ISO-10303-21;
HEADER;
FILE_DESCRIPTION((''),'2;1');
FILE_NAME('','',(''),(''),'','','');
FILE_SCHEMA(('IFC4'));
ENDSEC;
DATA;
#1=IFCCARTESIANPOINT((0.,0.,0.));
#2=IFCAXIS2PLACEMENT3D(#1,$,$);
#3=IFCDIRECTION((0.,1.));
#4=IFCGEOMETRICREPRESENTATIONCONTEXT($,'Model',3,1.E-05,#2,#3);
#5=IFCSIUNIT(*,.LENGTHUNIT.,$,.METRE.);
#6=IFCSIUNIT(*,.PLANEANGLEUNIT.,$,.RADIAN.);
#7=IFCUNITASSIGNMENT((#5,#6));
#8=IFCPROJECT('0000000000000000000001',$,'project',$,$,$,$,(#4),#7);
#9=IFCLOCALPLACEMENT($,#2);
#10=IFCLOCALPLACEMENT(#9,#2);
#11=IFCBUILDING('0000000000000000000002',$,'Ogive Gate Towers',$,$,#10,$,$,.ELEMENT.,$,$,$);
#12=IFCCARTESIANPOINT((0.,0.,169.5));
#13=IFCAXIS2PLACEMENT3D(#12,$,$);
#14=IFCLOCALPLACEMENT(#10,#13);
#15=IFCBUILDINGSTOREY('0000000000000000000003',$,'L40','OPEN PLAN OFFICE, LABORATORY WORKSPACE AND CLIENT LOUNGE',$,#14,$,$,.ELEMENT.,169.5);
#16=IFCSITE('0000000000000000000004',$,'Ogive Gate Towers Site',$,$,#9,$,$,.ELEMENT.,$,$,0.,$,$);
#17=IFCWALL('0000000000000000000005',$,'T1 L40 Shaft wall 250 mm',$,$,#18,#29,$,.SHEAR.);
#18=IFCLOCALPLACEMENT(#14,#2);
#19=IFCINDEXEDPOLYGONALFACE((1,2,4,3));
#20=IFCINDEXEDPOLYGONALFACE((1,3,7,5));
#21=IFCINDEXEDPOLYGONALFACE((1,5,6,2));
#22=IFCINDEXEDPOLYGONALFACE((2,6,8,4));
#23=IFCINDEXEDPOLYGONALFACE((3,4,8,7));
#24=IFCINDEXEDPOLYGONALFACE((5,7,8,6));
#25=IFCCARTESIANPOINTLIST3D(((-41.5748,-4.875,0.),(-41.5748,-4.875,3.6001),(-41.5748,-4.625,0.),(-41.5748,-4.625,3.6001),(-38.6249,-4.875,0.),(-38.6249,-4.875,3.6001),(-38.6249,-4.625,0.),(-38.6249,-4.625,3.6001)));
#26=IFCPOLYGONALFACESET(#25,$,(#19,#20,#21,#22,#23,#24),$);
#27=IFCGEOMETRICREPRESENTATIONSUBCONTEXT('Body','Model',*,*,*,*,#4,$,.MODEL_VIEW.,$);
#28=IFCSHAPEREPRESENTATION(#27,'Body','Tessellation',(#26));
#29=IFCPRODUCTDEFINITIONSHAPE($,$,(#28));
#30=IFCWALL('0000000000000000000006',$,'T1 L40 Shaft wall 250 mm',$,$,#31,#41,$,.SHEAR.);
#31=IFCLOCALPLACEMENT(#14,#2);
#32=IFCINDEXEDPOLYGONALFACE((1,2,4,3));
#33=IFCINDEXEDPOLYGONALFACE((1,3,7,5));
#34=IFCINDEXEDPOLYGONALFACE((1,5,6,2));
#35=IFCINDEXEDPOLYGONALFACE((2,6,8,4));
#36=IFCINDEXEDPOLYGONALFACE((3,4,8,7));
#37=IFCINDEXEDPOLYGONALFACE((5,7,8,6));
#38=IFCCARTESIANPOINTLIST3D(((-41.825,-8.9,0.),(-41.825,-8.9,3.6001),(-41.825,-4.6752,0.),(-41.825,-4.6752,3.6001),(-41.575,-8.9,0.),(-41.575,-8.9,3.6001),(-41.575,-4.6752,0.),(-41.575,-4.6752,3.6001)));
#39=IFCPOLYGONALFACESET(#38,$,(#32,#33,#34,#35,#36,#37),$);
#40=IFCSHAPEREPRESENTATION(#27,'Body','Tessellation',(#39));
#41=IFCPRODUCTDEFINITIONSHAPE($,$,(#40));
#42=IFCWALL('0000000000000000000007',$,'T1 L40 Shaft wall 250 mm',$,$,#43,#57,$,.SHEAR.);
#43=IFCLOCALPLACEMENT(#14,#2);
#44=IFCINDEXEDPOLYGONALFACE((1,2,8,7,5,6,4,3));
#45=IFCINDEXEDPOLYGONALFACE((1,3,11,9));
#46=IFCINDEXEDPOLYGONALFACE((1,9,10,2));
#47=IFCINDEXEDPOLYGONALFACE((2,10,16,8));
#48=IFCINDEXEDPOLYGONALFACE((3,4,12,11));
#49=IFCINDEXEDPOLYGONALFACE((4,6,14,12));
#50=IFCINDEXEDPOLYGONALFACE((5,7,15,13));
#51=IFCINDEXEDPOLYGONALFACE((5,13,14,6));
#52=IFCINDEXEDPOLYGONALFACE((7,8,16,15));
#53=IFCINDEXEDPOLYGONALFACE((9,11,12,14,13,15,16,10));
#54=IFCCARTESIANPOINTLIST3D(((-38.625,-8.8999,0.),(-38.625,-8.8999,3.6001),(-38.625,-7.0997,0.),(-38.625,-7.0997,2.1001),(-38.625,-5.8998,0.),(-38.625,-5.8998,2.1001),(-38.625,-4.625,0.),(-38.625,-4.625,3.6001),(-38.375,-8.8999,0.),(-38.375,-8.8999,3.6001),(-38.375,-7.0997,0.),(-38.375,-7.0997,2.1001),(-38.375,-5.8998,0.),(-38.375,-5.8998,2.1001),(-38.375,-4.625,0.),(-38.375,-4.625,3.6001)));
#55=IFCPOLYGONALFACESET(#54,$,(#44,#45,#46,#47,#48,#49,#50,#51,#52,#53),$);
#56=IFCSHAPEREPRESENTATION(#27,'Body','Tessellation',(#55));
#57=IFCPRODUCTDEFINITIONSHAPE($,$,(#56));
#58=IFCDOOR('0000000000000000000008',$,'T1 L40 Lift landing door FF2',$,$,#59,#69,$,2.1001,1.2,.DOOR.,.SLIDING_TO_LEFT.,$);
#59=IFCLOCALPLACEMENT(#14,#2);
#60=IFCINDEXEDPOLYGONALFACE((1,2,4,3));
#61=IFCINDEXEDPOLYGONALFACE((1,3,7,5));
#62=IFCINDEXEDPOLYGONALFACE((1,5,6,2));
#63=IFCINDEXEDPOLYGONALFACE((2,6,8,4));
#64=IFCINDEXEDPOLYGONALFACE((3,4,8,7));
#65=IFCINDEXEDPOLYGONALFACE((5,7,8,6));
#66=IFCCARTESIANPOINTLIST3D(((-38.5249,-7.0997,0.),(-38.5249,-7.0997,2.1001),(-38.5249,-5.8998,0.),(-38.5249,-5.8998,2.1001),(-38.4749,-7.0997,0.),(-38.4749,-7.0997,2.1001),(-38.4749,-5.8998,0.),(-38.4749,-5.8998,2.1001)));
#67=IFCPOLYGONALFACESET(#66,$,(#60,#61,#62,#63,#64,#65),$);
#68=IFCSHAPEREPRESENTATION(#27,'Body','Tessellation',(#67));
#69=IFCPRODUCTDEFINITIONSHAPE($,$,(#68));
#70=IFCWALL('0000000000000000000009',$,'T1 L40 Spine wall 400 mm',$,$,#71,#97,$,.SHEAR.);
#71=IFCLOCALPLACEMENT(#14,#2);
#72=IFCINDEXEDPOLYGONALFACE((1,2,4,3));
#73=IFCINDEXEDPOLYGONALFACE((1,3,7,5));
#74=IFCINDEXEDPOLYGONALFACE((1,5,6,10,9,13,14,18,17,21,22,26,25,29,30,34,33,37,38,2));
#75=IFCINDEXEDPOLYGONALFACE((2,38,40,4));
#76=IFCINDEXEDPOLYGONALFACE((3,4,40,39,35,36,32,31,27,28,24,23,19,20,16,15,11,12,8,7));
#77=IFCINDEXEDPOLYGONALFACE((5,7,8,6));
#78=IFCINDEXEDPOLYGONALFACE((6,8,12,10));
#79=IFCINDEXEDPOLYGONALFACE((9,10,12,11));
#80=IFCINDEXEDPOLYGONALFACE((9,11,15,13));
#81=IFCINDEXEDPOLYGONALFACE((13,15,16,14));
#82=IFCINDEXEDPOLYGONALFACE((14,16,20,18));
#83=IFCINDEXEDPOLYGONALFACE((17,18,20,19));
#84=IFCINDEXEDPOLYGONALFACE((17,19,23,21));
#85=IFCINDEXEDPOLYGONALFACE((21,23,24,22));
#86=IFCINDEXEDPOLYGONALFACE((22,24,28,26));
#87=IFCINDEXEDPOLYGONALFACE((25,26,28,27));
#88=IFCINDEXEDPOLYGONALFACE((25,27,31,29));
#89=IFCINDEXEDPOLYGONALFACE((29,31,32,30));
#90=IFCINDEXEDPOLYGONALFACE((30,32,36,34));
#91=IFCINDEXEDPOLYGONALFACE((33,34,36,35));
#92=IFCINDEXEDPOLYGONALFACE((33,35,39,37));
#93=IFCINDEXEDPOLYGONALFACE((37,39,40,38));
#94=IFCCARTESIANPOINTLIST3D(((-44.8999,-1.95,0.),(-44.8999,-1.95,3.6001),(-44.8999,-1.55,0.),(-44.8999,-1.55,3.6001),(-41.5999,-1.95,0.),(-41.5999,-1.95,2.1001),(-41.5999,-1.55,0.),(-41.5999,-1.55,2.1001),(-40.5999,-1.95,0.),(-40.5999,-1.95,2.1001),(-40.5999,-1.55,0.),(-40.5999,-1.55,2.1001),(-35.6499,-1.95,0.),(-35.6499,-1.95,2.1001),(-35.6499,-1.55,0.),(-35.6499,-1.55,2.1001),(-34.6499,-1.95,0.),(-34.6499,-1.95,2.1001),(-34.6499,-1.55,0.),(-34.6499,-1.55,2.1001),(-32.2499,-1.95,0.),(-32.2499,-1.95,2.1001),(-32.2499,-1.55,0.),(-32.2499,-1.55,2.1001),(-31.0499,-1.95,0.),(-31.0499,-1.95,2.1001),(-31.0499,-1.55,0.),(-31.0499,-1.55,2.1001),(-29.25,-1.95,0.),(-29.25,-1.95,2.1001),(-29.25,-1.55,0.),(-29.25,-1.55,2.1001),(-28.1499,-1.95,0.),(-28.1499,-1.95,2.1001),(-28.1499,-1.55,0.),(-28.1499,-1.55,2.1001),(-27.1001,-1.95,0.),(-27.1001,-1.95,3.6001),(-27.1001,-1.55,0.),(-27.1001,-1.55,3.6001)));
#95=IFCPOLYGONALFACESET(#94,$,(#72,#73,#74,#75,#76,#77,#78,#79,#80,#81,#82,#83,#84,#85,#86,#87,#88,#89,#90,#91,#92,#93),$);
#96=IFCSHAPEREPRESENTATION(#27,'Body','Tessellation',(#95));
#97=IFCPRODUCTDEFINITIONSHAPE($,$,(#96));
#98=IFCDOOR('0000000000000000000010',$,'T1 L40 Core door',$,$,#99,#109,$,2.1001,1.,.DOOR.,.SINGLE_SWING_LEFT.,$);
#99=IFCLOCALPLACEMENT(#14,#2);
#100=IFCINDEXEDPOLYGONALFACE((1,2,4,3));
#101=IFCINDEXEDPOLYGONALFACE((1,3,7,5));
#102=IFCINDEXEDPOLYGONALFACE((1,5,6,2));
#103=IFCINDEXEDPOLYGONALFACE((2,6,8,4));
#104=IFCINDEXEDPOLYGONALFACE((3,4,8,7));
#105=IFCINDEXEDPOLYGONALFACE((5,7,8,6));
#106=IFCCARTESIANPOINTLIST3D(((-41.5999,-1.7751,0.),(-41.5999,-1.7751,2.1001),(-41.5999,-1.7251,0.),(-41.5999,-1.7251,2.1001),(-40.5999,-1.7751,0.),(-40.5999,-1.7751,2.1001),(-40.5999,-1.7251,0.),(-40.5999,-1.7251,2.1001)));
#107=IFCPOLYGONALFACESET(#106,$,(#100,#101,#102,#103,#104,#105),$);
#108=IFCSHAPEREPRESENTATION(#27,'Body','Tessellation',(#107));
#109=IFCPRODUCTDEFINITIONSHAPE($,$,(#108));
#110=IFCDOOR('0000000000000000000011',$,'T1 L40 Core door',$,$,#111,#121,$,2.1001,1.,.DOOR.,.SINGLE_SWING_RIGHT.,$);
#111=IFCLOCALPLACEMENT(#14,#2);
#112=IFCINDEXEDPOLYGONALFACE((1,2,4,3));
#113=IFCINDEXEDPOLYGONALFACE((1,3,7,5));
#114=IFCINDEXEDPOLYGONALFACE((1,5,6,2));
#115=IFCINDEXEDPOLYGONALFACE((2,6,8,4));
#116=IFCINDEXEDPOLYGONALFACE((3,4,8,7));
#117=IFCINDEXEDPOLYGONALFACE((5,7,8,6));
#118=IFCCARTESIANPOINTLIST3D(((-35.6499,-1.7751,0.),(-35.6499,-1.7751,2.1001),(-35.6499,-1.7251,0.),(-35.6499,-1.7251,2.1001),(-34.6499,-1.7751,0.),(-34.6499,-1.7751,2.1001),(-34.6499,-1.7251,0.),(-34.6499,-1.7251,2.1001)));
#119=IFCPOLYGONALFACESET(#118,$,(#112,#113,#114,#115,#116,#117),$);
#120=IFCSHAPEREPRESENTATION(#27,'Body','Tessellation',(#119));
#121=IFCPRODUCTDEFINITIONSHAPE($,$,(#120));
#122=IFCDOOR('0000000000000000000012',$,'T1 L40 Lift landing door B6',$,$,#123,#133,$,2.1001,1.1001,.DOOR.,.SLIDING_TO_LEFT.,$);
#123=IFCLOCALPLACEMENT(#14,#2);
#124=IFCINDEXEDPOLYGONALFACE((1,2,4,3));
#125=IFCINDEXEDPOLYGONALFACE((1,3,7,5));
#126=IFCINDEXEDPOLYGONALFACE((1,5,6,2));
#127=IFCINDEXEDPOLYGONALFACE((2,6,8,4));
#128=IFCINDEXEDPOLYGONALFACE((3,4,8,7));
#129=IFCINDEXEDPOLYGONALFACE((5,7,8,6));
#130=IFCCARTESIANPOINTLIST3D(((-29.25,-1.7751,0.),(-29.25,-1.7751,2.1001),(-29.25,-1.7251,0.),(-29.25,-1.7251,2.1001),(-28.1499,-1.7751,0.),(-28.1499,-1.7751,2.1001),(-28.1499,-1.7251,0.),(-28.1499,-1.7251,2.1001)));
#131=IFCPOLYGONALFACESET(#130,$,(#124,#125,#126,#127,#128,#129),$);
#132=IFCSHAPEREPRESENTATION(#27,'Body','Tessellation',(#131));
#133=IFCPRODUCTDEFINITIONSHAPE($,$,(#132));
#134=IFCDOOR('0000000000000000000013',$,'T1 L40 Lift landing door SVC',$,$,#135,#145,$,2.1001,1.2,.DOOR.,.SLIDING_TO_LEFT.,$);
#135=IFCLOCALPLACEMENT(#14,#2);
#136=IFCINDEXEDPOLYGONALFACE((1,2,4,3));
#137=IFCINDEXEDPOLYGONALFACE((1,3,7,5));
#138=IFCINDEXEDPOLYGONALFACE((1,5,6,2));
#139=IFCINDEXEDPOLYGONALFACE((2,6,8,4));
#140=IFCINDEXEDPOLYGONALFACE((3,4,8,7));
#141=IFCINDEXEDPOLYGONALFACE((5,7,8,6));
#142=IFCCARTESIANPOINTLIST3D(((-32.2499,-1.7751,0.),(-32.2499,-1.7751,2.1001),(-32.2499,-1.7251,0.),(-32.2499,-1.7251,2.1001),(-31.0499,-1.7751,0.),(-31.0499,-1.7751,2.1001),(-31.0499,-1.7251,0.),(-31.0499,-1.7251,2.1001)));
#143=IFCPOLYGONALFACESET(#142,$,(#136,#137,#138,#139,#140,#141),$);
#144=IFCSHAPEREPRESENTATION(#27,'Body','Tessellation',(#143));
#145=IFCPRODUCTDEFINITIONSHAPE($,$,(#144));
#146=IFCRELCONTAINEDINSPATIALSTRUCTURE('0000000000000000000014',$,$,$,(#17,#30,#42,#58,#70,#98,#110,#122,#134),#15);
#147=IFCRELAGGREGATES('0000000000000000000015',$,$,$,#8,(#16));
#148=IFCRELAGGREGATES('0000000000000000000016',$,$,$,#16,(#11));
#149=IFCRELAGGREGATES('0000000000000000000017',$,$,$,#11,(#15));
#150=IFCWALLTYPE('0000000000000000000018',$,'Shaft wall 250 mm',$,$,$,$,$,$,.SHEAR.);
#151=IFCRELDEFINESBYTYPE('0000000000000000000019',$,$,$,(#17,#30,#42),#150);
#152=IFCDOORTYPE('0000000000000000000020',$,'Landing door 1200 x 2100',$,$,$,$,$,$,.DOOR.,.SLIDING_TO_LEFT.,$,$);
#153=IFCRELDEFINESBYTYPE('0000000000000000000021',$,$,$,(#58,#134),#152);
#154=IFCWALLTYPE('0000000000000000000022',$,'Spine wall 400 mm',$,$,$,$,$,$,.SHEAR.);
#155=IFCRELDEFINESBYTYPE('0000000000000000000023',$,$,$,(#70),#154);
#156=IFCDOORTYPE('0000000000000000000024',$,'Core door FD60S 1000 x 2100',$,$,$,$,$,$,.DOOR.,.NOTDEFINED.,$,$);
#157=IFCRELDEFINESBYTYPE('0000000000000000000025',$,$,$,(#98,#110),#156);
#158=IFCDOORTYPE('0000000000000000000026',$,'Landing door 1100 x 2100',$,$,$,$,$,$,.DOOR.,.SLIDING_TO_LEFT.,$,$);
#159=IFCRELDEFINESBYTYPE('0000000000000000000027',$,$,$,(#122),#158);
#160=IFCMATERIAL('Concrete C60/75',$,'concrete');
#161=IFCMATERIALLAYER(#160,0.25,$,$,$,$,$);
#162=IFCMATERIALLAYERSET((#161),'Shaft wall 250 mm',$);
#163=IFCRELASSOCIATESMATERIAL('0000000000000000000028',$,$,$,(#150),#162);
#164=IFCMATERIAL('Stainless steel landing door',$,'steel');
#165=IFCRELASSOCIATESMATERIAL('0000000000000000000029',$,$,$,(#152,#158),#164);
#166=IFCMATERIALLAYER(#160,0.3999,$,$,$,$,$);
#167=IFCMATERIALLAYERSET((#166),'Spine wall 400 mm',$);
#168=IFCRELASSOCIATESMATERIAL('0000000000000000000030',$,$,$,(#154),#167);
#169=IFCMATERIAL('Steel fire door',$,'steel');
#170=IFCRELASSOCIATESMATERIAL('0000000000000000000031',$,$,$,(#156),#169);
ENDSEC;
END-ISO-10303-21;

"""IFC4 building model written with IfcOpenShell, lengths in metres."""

from ifc_helpers import new_model, si_unit, direction, frame, frame_2d, origin, place, context, subcontext, project, spatial, rectangle, extrude, material, layer, layer_set, type_object, element, fill, save


model = new_model("IFC4")

# Units and contexts
model_context = context("Model", 3, precision=1e-05, world=origin(), true_north=direction((0.0, 1.0)))
body_context = subcontext(model_context, "Body", "Model", "MODEL_VIEW")
ifc_project = project(units=[si_unit("LENGTHUNIT", "METRE"), si_unit("PLANEANGLEUNIT", "RADIAN")], contexts=[model_context])

# Site, building, storey
site_placement = place(None, origin())
site = spatial("IfcSite", under=ifc_project, at=site_placement, Name="Ogive Gate Towers Site", CompositionType="ELEMENT", RefElevation=0.0)
building_placement = place(site_placement, origin())
building = spatial("IfcBuilding", under=site, at=building_placement, Name="Ogive Gate Towers", CompositionType="ELEMENT")
storey_placement = place(building_placement, frame((0.0, 0.0, 169.5)))
storey = spatial("IfcBuildingStorey", under=building, at=storey_placement, Name="L40", Description="OPEN PLAN OFFICE, LABORATORY WORKSPACE AND CLIENT LOUNGE", CompositionType="ELEMENT", Elevation=169.5)

# Walls
ifc_material_1 = material(Name="Concrete C60/75", Category="concrete")
ifc_layer_1 = layer(ifc_material_1, 0.25)
ifc_layer_set_1 = layer_set([ifc_layer_1], Name="Shaft wall 250 mm")
wall_type_1 = type_object("IfcWallType", Name="Shaft wall 250 mm", PredefinedType="SHEAR", material=ifc_layer_set_1)
wall_1_placement = place(storey_placement, frame((-41.575, -4.75, 0.0), z_axis=(0.0, 0.0, 1.0), x_axis=(1.0, 0.0, 0.0)))
element("IfcWall", 1, at=wall_1_placement, inside=storey, type_object=wall_type_1, Name="T1 L40 Shaft wall 250 mm", PredefinedType="SHEAR", context=body_context, shape_type="SweptSolid", body=[
    extrude(rectangle(XDim=2.95, YDim=0.25, at=frame_2d((1.4751, 0.0))), origin(), (0.0, 0.0, 1.0), 3.6001),
])
wall_2_placement = place(storey_placement, frame((-41.7, -8.8999, 0.0), z_axis=(0.0, 0.0, 1.0), x_axis=(0.0, 1.0, 0.0)))
element("IfcWall", 2, at=wall_2_placement, inside=storey, type_object=wall_type_1, Name="T1 L40 Shaft wall 250 mm", PredefinedType="SHEAR", context=body_context, shape_type="SweptSolid", body=[
    extrude(rectangle(XDim=4.2249, YDim=0.25, at=frame_2d((2.1123, 0.0))), origin(), (0.0, 0.0, 1.0), 3.6001),
])

# Wall, opening, door
wall_3_placement = place(storey_placement, frame((-38.5, -8.8999, 0.0), z_axis=(0.0, 0.0, 1.0), x_axis=(0.0, 1.0, 0.0)))
wall_3 = element("IfcWall", 3, at=wall_3_placement, inside=storey, type_object=wall_type_1, Name="T1 L40 Shaft wall 250 mm", PredefinedType="SHEAR", context=body_context, shape_type="SweptSolid", body=[
    extrude(rectangle(XDim=4.2749, YDim=0.25, at=frame_2d((2.1375, 0.0))), origin(), (0.0, 0.0, 1.0), 3.6001),
])
opening_1_placement = place(wall_3_placement, frame((1.8, 0.0, 0.0)))
opening_1 = element("IfcOpeningElement", 4, at=opening_1_placement, cuts=wall_3, PredefinedType="OPENING", context=body_context, shape_type="SweptSolid", body=[
    extrude(rectangle(XDim=1.2, YDim=2.1001, at=frame_2d((0.6001, 1.05))), frame((0.0, 0.135, 0.0), z_axis=(0.0, -1.0, 0.0), x_axis=(1.0, 0.0, 0.0)), (0.0, 0.0, 1.0), 0.27),
])
ifc_material_2 = material(Name="Stainless steel landing door", Category="steel")
door_type_1 = type_object("IfcDoorType", Name="Landing door 1200 x 2100", OperationType="SLIDING_TO_LEFT", PredefinedType="DOOR", material=ifc_material_2)
door_1_placement = place(opening_1_placement, origin())
door_1 = element("IfcDoor", 5, at=door_1_placement, inside=storey, type_object=door_type_1, Name="T1 L40 Lift landing door FF2", OperationType="SLIDING_TO_LEFT", OverallHeight=2.1001, OverallWidth=1.2, PredefinedType="DOOR", context=body_context, shape_type="SweptSolid", body=[
    extrude(rectangle(XDim=1.2, YDim=2.1001, at=frame_2d((0.6001, 1.05))), frame((0.0, 0.0249, 0.0), z_axis=(0.0, -1.0, 0.0), x_axis=(1.0, 0.0, 0.0)), (0.0, 0.0, 1.0), 0.05),
])
fill(opening_1, door_1)

# Wall, openings, doors
ifc_layer_2 = layer(ifc_material_1, 0.3999)
ifc_layer_set_2 = layer_set([ifc_layer_2], Name="Spine wall 400 mm")
wall_type_2 = type_object("IfcWallType", Name="Spine wall 400 mm", PredefinedType="SHEAR", material=ifc_layer_set_2)
wall_4_placement = place(storey_placement, frame((-44.8999, -1.75, 0.0), z_axis=(0.0, 0.0, 1.0), x_axis=(1.0, 0.0, 0.0)))
wall_4 = element("IfcWall", 6, at=wall_4_placement, inside=storey, type_object=wall_type_2, Name="T1 L40 Spine wall 400 mm", PredefinedType="SHEAR", context=body_context, shape_type="SweptSolid", body=[
    extrude(rectangle(XDim=17.7998, YDim=0.3999, at=frame_2d((8.8999, 0.0))), origin(), (0.0, 0.0, 1.0), 3.6001),
])
opening_2_placement = place(wall_4_placement, frame((12.6499, 0.0, 0.0)))
opening_2 = element("IfcOpeningElement", 7, at=opening_2_placement, cuts=wall_4, PredefinedType="OPENING", context=body_context, shape_type="SweptSolid", body=[
    extrude(rectangle(XDim=1.2, YDim=2.1001, at=frame_2d((0.6001, 1.05))), frame((0.0, 0.21, 0.0), z_axis=(0.0, -1.0, 0.0), x_axis=(1.0, 0.0, 0.0)), (0.0, 0.0, 1.0), 0.4199),
])
opening_3_placement = place(wall_4_placement, frame((15.6499, 0.0, 0.0)))
opening_3 = element("IfcOpeningElement", 8, at=opening_3_placement, cuts=wall_4, PredefinedType="OPENING", context=body_context, shape_type="SweptSolid", body=[
    extrude(rectangle(XDim=1.1001, YDim=2.1001, at=frame_2d((0.55, 1.05))), frame((0.0, 0.21, 0.0), z_axis=(0.0, -1.0, 0.0), x_axis=(1.0, 0.0, 0.0)), (0.0, 0.0, 1.0), 0.4199),
])
opening_4_placement = place(wall_4_placement, frame((3.3, 0.0, 0.0)))
opening_4 = element("IfcOpeningElement", 9, at=opening_4_placement, cuts=wall_4, PredefinedType="OPENING", context=body_context, shape_type="SweptSolid", body=[
    extrude(rectangle(XDim=1.0, YDim=2.1001, at=frame_2d((0.5, 1.05))), frame((0.0, 0.21, 0.0), z_axis=(0.0, -1.0, 0.0), x_axis=(1.0, 0.0, 0.0)), (0.0, 0.0, 1.0), 0.4199),
])
opening_5_placement = place(wall_4_placement, frame((9.25, 0.0, 0.0)))
opening_5 = element("IfcOpeningElement", 10, at=opening_5_placement, cuts=wall_4, PredefinedType="OPENING", context=body_context, shape_type="SweptSolid", body=[
    extrude(rectangle(XDim=1.0, YDim=2.1001, at=frame_2d((0.5, 1.05))), frame((0.0, 0.21, 0.0), z_axis=(0.0, -1.0, 0.0), x_axis=(1.0, 0.0, 0.0)), (0.0, 0.0, 1.0), 0.4199),
])
ifc_material_3 = material(Name="Steel fire door", Category="steel")
door_type_2 = type_object("IfcDoorType", Name="Core door FD60S 1000 x 2100", OperationType="NOTDEFINED", PredefinedType="DOOR", material=ifc_material_3)
door_2_placement = place(opening_4_placement, origin())
door_2 = element("IfcDoor", 11, at=door_2_placement, inside=storey, type_object=door_type_2, Name="T1 L40 Core door", OperationType="SINGLE_SWING_LEFT", OverallHeight=2.1001, OverallWidth=1.0, PredefinedType="DOOR", context=body_context, shape_type="SweptSolid", body=[
    extrude(rectangle(XDim=1.0, YDim=2.1001, at=frame_2d((0.5, 1.05))), frame((0.0, 0.0249, 0.0), z_axis=(0.0, -1.0, 0.0), x_axis=(1.0, 0.0, 0.0)), (0.0, 0.0, 1.0), 0.05),
])
fill(opening_4, door_2)
door_3_placement = place(opening_5_placement, origin())
door_3 = element("IfcDoor", 12, at=door_3_placement, inside=storey, type_object=door_type_2, Name="T1 L40 Core door", OperationType="SINGLE_SWING_RIGHT", OverallHeight=2.1001, OverallWidth=1.0, PredefinedType="DOOR", context=body_context, shape_type="SweptSolid", body=[
    extrude(rectangle(XDim=1.0, YDim=2.1001, at=frame_2d((0.5, 1.05))), frame((0.0, 0.0249, 0.0), z_axis=(0.0, -1.0, 0.0), x_axis=(1.0, 0.0, 0.0)), (0.0, 0.0, 1.0), 0.05),
])
fill(opening_5, door_3)
door_type_3 = type_object("IfcDoorType", Name="Landing door 1100 x 2100", OperationType="SLIDING_TO_LEFT", PredefinedType="DOOR", material=ifc_material_2)
door_4_placement = place(opening_3_placement, origin())
door_4 = element("IfcDoor", 13, at=door_4_placement, inside=storey, type_object=door_type_3, Name="T1 L40 Lift landing door B6", OperationType="SLIDING_TO_LEFT", OverallHeight=2.1001, OverallWidth=1.1001, PredefinedType="DOOR", context=body_context, shape_type="SweptSolid", body=[
    extrude(rectangle(XDim=1.1001, YDim=2.1001, at=frame_2d((0.55, 1.05))), frame((0.0, 0.0249, 0.0), z_axis=(0.0, -1.0, 0.0), x_axis=(1.0, 0.0, 0.0)), (0.0, 0.0, 1.0), 0.05),
])
fill(opening_3, door_4)
door_5_placement = place(opening_2_placement, origin())
door_5 = element("IfcDoor", 14, at=door_5_placement, inside=storey, type_object=door_type_1, Name="T1 L40 Lift landing door SVC", OperationType="SLIDING_TO_LEFT", OverallHeight=2.1001, OverallWidth=1.2, PredefinedType="DOOR", context=body_context, shape_type="SweptSolid", body=[
    extrude(rectangle(XDim=1.2, YDim=2.1001, at=frame_2d((0.6001, 1.05))), frame((0.0, 0.0249, 0.0), z_axis=(0.0, -1.0, 0.0), x_axis=(1.0, 0.0, 0.0)), (0.0, 0.0, 1.0), 0.05),
])
fill(opening_2, door_5)

save(model, "model.ifc")
